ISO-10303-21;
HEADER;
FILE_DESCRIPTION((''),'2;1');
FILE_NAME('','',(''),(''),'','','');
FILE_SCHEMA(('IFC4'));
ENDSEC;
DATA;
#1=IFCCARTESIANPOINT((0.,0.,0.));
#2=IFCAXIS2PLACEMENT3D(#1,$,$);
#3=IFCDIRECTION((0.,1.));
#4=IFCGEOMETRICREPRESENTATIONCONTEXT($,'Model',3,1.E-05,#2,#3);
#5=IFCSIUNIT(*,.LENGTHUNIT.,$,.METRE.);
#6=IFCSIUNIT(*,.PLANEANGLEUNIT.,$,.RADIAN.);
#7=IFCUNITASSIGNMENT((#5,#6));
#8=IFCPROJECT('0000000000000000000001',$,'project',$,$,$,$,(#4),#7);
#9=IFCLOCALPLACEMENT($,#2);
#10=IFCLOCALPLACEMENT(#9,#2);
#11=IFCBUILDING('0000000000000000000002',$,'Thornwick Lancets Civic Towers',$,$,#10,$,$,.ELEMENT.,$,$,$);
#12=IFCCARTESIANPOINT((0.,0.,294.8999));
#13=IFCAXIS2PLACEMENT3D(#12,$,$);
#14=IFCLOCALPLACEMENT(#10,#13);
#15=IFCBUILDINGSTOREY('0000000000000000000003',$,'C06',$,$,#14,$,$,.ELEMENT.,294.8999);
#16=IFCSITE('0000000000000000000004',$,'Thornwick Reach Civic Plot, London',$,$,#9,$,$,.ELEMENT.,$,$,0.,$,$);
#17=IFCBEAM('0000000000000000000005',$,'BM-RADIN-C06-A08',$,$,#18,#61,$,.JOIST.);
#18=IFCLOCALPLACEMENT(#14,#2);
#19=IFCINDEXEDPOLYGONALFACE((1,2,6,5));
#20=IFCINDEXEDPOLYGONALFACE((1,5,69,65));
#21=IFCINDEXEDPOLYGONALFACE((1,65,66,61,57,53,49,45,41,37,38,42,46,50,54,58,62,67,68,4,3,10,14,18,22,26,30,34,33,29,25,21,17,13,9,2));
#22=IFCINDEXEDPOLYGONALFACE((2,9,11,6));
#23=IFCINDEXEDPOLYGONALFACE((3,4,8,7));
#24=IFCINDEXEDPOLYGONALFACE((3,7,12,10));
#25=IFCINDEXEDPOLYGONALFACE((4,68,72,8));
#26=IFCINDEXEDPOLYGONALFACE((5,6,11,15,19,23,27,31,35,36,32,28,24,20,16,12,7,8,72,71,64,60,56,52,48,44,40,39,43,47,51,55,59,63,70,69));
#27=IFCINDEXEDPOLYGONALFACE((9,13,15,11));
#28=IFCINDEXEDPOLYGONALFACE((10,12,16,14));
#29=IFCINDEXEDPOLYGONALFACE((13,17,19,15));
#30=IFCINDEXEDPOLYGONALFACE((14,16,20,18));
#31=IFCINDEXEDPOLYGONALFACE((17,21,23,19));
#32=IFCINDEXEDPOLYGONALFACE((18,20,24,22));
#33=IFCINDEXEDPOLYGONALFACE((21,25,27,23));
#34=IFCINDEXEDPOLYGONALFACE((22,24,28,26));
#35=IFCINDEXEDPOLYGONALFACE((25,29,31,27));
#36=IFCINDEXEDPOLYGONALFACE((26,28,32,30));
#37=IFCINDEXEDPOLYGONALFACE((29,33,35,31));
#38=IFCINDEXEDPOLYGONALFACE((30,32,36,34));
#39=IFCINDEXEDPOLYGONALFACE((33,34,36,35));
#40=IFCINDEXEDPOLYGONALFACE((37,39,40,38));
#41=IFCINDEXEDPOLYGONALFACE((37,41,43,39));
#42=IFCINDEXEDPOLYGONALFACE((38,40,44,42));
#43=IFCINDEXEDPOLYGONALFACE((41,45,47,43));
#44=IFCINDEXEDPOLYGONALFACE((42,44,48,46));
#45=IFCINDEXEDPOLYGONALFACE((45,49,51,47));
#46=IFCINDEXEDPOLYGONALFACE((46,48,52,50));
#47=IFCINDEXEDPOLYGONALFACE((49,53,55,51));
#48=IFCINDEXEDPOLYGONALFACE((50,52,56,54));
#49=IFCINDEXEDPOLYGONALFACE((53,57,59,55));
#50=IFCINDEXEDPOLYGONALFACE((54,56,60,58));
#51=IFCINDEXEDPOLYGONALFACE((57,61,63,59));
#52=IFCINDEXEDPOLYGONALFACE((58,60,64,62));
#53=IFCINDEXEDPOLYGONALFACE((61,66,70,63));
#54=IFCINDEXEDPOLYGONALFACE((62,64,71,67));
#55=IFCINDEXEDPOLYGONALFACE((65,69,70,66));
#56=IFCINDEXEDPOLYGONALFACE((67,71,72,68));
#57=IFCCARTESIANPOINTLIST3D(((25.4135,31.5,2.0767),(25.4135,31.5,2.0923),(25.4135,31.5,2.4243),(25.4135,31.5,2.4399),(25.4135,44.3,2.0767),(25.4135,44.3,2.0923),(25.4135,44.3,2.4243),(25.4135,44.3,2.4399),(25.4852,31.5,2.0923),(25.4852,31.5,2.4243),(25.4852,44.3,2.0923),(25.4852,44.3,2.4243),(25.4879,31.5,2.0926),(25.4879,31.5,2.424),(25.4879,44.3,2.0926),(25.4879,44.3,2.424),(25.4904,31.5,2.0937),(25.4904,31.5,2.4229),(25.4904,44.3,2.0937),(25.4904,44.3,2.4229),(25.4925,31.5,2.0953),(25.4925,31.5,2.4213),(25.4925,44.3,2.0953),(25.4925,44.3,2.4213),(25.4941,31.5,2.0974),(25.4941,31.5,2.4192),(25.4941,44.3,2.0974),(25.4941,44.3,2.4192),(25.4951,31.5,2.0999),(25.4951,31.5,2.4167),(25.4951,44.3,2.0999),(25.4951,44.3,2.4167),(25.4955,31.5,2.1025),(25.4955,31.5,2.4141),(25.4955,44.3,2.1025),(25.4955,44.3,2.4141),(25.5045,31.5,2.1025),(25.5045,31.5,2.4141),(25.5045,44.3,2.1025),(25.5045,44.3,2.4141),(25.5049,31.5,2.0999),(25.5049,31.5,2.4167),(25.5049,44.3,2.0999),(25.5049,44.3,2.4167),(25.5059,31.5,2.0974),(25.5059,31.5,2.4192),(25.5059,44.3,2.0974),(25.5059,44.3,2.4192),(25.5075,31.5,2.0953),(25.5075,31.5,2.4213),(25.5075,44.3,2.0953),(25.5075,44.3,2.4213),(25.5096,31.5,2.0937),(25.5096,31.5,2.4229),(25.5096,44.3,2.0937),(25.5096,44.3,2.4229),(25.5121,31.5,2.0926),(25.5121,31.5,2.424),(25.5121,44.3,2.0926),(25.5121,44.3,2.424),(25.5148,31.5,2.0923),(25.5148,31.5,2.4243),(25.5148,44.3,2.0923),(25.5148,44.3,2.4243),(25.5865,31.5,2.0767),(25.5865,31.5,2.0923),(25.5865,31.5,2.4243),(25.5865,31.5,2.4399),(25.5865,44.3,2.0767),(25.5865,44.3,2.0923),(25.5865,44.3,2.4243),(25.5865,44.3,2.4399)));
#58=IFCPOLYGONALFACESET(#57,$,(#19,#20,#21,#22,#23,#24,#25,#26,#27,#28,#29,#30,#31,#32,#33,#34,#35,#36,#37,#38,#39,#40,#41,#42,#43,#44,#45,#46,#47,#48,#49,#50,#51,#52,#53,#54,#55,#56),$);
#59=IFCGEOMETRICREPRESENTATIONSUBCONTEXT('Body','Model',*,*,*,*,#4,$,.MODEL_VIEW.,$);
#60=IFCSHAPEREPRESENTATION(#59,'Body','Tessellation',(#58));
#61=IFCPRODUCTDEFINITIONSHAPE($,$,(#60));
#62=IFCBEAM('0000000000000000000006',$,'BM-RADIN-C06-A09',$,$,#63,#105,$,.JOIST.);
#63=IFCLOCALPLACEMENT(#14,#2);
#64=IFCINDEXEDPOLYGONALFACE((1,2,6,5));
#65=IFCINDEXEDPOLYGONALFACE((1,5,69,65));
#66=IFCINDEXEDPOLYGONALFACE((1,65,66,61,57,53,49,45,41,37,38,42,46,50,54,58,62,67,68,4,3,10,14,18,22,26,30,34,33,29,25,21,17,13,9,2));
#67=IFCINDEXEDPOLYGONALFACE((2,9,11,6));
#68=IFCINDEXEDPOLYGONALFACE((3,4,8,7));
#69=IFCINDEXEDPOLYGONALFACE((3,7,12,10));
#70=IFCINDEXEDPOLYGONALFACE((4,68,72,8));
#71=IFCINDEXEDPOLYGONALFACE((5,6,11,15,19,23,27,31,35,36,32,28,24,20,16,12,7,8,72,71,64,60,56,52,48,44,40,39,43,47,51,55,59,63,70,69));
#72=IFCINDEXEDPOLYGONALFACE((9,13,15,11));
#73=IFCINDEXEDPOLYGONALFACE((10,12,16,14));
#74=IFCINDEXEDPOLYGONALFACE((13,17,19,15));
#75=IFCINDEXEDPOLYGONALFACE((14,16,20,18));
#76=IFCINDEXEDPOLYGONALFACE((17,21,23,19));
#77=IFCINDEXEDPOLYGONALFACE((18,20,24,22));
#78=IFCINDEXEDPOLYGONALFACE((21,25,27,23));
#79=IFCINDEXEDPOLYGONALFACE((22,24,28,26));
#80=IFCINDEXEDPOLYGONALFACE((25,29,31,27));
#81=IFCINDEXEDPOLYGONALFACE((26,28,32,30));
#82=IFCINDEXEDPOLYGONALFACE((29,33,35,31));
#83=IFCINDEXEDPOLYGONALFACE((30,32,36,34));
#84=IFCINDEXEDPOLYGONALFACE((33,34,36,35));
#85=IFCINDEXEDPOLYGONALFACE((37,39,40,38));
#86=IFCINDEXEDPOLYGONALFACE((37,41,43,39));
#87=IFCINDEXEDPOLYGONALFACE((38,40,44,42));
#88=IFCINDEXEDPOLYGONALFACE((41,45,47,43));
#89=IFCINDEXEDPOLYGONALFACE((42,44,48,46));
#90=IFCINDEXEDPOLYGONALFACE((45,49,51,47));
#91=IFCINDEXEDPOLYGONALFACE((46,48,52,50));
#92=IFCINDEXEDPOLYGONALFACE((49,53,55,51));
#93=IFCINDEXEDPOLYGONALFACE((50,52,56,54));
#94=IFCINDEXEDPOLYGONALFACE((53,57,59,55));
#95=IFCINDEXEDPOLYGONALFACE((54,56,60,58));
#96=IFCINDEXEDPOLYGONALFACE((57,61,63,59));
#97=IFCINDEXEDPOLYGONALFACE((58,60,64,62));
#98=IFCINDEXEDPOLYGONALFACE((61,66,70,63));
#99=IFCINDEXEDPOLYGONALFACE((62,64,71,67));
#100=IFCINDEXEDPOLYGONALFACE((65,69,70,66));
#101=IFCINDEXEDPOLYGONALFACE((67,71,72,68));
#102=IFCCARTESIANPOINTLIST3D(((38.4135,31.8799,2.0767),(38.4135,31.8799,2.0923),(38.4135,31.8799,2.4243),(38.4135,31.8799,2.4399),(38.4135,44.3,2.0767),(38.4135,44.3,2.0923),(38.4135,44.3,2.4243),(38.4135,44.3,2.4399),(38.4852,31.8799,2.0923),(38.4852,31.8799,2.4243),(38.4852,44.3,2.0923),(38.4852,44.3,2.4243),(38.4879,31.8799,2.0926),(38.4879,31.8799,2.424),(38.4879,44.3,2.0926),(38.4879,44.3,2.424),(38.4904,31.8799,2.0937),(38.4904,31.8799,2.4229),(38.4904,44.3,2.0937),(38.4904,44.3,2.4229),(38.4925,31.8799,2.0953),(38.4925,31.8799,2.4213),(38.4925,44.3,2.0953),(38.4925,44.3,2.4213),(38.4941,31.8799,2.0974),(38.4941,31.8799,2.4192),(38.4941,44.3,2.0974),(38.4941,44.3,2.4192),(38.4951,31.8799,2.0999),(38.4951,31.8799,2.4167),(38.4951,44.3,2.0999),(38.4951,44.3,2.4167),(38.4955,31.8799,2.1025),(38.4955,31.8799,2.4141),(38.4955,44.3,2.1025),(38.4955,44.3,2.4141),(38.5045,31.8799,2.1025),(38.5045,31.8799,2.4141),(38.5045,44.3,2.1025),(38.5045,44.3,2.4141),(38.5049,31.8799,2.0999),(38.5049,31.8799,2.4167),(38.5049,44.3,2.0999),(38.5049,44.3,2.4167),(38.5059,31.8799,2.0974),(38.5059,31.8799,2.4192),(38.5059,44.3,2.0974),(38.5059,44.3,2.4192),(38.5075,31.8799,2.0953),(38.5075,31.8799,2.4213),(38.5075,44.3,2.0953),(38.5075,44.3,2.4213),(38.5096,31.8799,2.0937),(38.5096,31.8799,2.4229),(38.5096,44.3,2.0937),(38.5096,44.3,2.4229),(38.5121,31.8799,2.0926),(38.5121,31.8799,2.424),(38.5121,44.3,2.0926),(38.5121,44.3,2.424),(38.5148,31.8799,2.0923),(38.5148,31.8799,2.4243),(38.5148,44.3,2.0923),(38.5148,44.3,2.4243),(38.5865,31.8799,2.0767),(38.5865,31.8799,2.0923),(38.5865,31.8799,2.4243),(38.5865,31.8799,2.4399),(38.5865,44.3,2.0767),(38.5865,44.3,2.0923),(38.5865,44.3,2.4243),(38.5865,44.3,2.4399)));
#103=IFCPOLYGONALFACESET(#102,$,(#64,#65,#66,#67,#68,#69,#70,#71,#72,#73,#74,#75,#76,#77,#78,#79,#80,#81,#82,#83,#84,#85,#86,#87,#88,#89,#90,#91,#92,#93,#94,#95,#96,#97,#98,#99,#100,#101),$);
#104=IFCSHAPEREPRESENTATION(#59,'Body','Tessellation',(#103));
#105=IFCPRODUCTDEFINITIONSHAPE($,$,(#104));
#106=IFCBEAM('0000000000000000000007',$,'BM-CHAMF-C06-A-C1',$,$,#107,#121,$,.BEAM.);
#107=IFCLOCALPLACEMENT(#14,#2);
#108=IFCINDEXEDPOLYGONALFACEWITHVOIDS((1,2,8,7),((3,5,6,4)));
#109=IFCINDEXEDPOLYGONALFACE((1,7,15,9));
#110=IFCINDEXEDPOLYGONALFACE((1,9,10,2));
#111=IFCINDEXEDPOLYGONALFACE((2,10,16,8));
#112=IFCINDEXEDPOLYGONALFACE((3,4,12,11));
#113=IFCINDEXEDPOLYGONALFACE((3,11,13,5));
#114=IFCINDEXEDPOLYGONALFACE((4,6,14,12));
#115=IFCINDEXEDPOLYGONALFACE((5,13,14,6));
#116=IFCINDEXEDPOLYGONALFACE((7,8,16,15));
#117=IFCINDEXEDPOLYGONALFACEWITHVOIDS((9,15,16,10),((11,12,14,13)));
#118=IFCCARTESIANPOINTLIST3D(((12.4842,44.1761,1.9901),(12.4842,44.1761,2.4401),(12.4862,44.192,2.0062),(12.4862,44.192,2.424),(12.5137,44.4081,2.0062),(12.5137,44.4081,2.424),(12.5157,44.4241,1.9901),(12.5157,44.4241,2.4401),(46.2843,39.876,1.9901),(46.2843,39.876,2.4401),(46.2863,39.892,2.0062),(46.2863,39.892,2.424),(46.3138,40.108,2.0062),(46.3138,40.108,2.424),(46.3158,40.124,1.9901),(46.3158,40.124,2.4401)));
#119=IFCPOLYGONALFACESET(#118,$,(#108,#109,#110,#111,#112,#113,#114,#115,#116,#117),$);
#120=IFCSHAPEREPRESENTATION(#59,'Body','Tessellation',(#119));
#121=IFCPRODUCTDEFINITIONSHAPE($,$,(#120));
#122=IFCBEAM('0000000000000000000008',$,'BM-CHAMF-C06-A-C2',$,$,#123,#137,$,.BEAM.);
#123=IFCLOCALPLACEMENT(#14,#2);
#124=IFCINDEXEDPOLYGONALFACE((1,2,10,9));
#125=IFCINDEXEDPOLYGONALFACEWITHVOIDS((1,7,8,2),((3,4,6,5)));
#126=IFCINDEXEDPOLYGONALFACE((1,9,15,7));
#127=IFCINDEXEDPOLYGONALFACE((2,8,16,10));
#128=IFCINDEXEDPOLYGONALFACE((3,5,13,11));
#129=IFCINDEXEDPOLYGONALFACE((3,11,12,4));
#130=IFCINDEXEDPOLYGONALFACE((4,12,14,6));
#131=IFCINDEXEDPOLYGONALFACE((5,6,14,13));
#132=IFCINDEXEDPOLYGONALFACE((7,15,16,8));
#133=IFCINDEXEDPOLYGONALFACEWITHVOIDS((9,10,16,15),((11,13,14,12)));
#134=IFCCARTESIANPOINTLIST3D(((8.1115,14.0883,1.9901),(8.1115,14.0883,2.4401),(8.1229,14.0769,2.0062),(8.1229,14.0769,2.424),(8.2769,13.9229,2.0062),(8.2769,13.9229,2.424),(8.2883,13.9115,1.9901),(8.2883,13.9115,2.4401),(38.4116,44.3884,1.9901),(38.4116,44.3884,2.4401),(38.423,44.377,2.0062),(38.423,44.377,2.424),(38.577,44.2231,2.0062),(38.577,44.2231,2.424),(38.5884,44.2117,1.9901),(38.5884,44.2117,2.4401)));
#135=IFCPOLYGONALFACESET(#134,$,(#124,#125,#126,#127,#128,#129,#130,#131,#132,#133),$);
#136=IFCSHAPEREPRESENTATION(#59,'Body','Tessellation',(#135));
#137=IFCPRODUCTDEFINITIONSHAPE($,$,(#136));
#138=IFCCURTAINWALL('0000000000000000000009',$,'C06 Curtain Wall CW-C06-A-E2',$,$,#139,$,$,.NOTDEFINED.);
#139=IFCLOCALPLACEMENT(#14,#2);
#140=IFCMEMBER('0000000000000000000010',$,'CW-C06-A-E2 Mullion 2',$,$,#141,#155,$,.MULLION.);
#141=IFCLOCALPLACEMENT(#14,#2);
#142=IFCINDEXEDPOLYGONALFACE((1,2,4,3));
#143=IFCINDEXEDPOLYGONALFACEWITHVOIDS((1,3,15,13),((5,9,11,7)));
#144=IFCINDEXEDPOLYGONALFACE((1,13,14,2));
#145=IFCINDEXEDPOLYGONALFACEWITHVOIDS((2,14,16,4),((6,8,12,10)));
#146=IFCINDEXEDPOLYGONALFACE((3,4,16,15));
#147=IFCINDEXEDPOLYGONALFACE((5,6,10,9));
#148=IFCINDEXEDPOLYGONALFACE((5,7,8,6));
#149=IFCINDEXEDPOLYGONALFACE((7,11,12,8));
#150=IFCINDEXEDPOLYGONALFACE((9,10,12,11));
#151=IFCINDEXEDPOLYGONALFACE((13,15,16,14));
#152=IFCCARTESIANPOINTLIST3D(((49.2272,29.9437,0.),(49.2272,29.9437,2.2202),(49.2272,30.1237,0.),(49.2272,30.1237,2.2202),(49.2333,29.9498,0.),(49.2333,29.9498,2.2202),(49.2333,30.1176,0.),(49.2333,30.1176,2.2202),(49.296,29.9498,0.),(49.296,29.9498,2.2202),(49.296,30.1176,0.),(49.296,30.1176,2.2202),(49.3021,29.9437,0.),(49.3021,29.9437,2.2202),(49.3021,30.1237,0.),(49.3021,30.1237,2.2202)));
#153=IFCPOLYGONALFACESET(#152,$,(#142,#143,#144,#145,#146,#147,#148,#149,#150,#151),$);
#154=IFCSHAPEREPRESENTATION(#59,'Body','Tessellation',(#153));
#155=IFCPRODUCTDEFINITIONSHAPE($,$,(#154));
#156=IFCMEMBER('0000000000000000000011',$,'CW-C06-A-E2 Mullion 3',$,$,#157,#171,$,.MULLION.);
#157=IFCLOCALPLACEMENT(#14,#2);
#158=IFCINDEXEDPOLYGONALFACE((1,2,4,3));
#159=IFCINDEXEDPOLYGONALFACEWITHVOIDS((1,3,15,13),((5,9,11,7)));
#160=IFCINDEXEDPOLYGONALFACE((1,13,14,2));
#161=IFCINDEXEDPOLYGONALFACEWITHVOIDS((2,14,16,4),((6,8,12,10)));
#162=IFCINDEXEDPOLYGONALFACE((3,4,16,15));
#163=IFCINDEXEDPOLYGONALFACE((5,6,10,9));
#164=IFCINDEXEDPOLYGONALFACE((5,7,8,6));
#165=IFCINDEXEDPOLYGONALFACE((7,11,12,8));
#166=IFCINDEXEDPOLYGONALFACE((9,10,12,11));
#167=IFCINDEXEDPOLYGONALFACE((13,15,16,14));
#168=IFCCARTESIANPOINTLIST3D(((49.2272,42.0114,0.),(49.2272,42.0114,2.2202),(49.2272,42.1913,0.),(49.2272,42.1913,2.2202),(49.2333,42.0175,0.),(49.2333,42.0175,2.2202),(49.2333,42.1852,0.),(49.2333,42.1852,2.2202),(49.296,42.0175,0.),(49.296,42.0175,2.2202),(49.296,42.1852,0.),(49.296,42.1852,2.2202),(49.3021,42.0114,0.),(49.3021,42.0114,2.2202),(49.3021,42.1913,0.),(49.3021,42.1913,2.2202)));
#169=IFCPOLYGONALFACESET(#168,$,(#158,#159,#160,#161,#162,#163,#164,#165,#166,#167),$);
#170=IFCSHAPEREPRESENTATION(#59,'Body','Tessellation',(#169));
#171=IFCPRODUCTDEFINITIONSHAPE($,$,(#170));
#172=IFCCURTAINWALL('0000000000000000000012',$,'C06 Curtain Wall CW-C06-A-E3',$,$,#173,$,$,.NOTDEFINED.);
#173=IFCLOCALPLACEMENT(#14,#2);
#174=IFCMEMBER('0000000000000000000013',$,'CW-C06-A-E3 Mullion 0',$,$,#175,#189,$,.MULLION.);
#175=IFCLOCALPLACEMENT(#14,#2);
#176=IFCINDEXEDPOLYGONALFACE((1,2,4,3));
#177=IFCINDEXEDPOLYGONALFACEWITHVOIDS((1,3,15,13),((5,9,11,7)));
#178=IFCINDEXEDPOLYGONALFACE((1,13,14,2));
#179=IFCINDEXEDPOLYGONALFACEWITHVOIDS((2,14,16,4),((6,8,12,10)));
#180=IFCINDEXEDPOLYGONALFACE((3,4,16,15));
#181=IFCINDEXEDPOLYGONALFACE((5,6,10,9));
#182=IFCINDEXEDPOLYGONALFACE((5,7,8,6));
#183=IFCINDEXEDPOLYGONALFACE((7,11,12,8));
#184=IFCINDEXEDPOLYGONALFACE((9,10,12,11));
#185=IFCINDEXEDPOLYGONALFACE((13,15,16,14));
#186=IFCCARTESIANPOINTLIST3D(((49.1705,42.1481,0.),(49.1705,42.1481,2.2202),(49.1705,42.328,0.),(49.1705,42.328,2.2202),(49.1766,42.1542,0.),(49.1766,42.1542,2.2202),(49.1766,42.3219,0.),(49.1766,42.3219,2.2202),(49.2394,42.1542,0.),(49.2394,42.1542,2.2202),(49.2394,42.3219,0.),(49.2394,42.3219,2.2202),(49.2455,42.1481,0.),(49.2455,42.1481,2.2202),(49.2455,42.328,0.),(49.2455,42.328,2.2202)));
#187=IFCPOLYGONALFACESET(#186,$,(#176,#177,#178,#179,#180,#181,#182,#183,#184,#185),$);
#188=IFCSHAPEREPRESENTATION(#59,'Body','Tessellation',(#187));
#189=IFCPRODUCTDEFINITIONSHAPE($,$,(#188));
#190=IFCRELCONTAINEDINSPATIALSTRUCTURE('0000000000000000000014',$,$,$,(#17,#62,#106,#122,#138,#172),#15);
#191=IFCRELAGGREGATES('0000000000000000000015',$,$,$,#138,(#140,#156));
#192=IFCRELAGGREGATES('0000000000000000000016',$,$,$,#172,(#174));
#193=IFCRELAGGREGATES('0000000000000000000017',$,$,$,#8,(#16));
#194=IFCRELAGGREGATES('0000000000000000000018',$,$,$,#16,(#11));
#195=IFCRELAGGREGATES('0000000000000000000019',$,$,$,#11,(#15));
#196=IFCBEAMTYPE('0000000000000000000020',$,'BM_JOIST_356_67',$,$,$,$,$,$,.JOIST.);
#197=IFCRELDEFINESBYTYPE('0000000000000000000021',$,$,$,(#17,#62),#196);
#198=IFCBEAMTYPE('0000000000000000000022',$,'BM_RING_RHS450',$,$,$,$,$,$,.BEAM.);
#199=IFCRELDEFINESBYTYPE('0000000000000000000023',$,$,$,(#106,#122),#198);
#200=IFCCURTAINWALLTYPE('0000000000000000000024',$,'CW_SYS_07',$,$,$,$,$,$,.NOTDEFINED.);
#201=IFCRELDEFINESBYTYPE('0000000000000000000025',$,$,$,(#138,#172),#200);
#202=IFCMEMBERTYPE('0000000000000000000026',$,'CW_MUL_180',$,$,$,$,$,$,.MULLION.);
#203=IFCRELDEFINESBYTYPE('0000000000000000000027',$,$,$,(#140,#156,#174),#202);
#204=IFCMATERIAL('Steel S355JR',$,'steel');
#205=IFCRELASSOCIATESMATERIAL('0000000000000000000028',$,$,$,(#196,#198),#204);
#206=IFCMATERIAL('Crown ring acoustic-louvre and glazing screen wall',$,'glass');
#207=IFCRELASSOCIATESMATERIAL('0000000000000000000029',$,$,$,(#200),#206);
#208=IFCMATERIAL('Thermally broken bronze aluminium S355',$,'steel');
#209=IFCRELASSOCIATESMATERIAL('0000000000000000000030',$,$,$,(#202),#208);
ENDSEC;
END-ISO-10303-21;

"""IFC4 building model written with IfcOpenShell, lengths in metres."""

from ifc_helpers import new_model, si_unit, direction, frame, origin, origin_2d, place, context, subcontext, project, spatial, hollow_rectangle, i_section, extrude, material, material_profile, profile_set, type_object, element, aggregate, save


model = new_model("IFC4")

# Units and contexts
model_context = context("Model", 3, precision=1e-05, world=origin(), true_north=direction((0.0, 1.0)))
body_context = subcontext(model_context, "Body", "Model", "MODEL_VIEW")
ifc_project = project(units=[si_unit("LENGTHUNIT", "METRE"), si_unit("PLANEANGLEUNIT", "RADIAN")], contexts=[model_context])

# Site, building, storey
site_placement = place(None, origin())
site = spatial("IfcSite", under=ifc_project, at=site_placement, Name="Thornwick Reach Civic Plot, London", CompositionType="ELEMENT", RefElevation=0.0)
building_placement = place(site_placement, origin())
building = spatial("IfcBuilding", under=site, at=building_placement, Name="Thornwick Lancets Civic Towers", CompositionType="ELEMENT")
storey_placement = place(building_placement, frame((0.0, 0.0, 294.8999)))
storey = spatial("IfcBuildingStorey", under=building, at=storey_placement, Name="C06", CompositionType="ELEMENT", Elevation=294.8999)

# Shared definitions
ifc_material_1 = material(Name="Steel S355JR", Category="steel")

# Beams
ifc_material_profile_1 = material_profile(ifc_material_1, i_section(OverallWidth=0.1731, OverallDepth=0.3633, WebThickness=0.009, FlangeThickness=0.0156, FilletRadius=0.0103, at=origin_2d()), Name="UKB 356x171x67")
ifc_profile_set_1 = profile_set([ifc_material_profile_1], Name="Steel S355JR")
beam_type_1 = type_object("IfcBeamType", Name="BM_JOIST_356_67", PredefinedType="JOIST", material=ifc_profile_set_1)
beam_1_placement = place(storey_placement, frame((25.5, 31.5, 2.2583), z_axis=(0.0, 1.0, 0.0), x_axis=(-1.0, 0.0, 0.0)))
element("IfcBeam", 1, at=beam_1_placement, inside=storey, type_object=beam_type_1, Name="BM-RADIN-C06-A08", PredefinedType="JOIST", context=body_context, shape_type="SweptSolid", body=[
    extrude(i_section(OverallWidth=0.1731, OverallDepth=0.3633, WebThickness=0.009, FlangeThickness=0.0156, FilletRadius=0.0103, at=origin_2d()), origin(), (0.0, 0.0, 1.0), 12.8),
])
beam_2_placement = place(storey_placement, frame((38.5, 31.8799, 2.2583), z_axis=(0.0, 1.0, 0.0), x_axis=(-1.0, 0.0, 0.0)))
element("IfcBeam", 2, at=beam_2_placement, inside=storey, type_object=beam_type_1, Name="BM-RADIN-C06-A09", PredefinedType="JOIST", context=body_context, shape_type="SweptSolid", body=[
    extrude(i_section(OverallWidth=0.1731, OverallDepth=0.3633, WebThickness=0.009, FlangeThickness=0.0156, FilletRadius=0.0103, at=origin_2d()), origin(), (0.0, 0.0, 1.0), 12.4202),
])
ifc_material_profile_2 = material_profile(ifc_material_1, hollow_rectangle(XDim=0.25, YDim=0.45, WallThickness=0.0161, at=origin_2d()), Name="RHS 450x250x16")
ifc_profile_set_2 = profile_set([ifc_material_profile_2], Name="Steel S355JR")
beam_type_2 = type_object("IfcBeamType", Name="BM_RING_RHS450", PredefinedType="BEAM", material=ifc_profile_set_2)
beam_3_placement = place(storey_placement, frame((46.3, 40.0, 2.2151), z_axis=(-0.992004, 0.126203, 0.0), x_axis=(-0.126203, -0.992004, 0.0)))
element("IfcBeam", 3, at=beam_3_placement, inside=storey, type_object=beam_type_2, Name="BM-CHAMF-C06-A-C1", PredefinedType="BEAM", context=body_context, shape_type="SweptSolid", body=[
    extrude(hollow_rectangle(XDim=0.25, YDim=0.45, WallThickness=0.0161, at=origin_2d()), origin(), (0.0, 0.0, 1.0), 34.0725),
])
beam_4_placement = place(storey_placement, frame((38.5, 44.3, 2.2151), z_axis=(-0.707107, -0.707107, 0.0), x_axis=(0.707107, -0.707107, 0.0)))
element("IfcBeam", 4, at=beam_4_placement, inside=storey, type_object=beam_type_2, Name="BM-CHAMF-C06-A-C2", PredefinedType="BEAM", context=body_context, shape_type="SweptSolid", body=[
    extrude(hollow_rectangle(XDim=0.25, YDim=0.45, WallThickness=0.0161, at=origin_2d()), origin(), (0.0, 0.0, 1.0), 42.8508),
])

# Curtain walls, members
ifc_material_2 = material(Name="Crown ring acoustic-louvre and glazing screen wall", Category="glass")
curtain_wall_type = type_object("IfcCurtainWallType", Name="CW_SYS_07", PredefinedType="NOTDEFINED", material=ifc_material_2)
curtain_wall_1_placement = place(storey_placement, origin())
curtain_wall_1 = element("IfcCurtainWall", 5, at=curtain_wall_1_placement, inside=storey, type_object=curtain_wall_type, Name="C06 Curtain Wall CW-C06-A-E2", PredefinedType="NOTDEFINED")
ifc_material_3 = material(Name="Thermally broken bronze aluminium S355", Category="steel")
ifc_material_profile_3 = material_profile(ifc_material_3, hollow_rectangle(XDim=0.075, YDim=0.1799, WallThickness=0.0061, at=origin_2d()), Name="RHS 180x75x6")
ifc_profile_set_3 = profile_set([ifc_material_profile_3], Name="Thermally broken bronze aluminium S355")
member_type_1 = type_object("IfcMemberType", Name="CW_MUL_180", PredefinedType="MULLION", material=ifc_profile_set_3)
member_1_placement = place(storey_placement, frame((49.2646, 30.0337, 0.0), z_axis=(0.0, 0.0, 1.0), x_axis=(1.0, 0.0, 0.0)))
member_1 = element("IfcMember", 6, at=member_1_placement, type_object=member_type_1, Name="CW-C06-A-E2 Mullion 2", PredefinedType="MULLION", context=body_context, shape_type="SweptSolid", body=[
    extrude(hollow_rectangle(XDim=0.075, YDim=0.1799, WallThickness=0.0061, at=origin_2d()), origin(), (0.0, 0.0, 1.0), 2.2202),
])
member_2_placement = place(storey_placement, frame((49.2646, 42.1013, 0.0), z_axis=(0.0, 0.0, 1.0), x_axis=(1.0, 0.0, 0.0)))
member_2 = element("IfcMember", 7, at=member_2_placement, type_object=member_type_1, Name="CW-C06-A-E2 Mullion 3", PredefinedType="MULLION", context=body_context, shape_type="SweptSolid", body=[
    extrude(hollow_rectangle(XDim=0.075, YDim=0.1799, WallThickness=0.0061, at=origin_2d()), origin(), (0.0, 0.0, 1.0), 2.2202),
])
curtain_wall_2_placement = place(storey_placement, origin())
curtain_wall_2 = element("IfcCurtainWall", 8, at=curtain_wall_2_placement, inside=storey, type_object=curtain_wall_type, Name="C06 Curtain Wall CW-C06-A-E3", PredefinedType="NOTDEFINED")
member_3_placement = place(storey_placement, frame((49.208, 42.238, 0.0), z_axis=(0.0, 0.0, 1.0), x_axis=(1.0, 0.0, 0.0)))
member_3 = element("IfcMember", 9, at=member_3_placement, type_object=member_type_1, Name="CW-C06-A-E3 Mullion 0", PredefinedType="MULLION", context=body_context, shape_type="SweptSolid", body=[
    extrude(hollow_rectangle(XDim=0.075, YDim=0.1799, WallThickness=0.0061, at=origin_2d()), origin(), (0.0, 0.0, 1.0), 2.2202),
])

aggregate(curtain_wall_1, [member_1, member_2])

aggregate(curtain_wall_2, [member_3])

save(model, "model.ifc")
